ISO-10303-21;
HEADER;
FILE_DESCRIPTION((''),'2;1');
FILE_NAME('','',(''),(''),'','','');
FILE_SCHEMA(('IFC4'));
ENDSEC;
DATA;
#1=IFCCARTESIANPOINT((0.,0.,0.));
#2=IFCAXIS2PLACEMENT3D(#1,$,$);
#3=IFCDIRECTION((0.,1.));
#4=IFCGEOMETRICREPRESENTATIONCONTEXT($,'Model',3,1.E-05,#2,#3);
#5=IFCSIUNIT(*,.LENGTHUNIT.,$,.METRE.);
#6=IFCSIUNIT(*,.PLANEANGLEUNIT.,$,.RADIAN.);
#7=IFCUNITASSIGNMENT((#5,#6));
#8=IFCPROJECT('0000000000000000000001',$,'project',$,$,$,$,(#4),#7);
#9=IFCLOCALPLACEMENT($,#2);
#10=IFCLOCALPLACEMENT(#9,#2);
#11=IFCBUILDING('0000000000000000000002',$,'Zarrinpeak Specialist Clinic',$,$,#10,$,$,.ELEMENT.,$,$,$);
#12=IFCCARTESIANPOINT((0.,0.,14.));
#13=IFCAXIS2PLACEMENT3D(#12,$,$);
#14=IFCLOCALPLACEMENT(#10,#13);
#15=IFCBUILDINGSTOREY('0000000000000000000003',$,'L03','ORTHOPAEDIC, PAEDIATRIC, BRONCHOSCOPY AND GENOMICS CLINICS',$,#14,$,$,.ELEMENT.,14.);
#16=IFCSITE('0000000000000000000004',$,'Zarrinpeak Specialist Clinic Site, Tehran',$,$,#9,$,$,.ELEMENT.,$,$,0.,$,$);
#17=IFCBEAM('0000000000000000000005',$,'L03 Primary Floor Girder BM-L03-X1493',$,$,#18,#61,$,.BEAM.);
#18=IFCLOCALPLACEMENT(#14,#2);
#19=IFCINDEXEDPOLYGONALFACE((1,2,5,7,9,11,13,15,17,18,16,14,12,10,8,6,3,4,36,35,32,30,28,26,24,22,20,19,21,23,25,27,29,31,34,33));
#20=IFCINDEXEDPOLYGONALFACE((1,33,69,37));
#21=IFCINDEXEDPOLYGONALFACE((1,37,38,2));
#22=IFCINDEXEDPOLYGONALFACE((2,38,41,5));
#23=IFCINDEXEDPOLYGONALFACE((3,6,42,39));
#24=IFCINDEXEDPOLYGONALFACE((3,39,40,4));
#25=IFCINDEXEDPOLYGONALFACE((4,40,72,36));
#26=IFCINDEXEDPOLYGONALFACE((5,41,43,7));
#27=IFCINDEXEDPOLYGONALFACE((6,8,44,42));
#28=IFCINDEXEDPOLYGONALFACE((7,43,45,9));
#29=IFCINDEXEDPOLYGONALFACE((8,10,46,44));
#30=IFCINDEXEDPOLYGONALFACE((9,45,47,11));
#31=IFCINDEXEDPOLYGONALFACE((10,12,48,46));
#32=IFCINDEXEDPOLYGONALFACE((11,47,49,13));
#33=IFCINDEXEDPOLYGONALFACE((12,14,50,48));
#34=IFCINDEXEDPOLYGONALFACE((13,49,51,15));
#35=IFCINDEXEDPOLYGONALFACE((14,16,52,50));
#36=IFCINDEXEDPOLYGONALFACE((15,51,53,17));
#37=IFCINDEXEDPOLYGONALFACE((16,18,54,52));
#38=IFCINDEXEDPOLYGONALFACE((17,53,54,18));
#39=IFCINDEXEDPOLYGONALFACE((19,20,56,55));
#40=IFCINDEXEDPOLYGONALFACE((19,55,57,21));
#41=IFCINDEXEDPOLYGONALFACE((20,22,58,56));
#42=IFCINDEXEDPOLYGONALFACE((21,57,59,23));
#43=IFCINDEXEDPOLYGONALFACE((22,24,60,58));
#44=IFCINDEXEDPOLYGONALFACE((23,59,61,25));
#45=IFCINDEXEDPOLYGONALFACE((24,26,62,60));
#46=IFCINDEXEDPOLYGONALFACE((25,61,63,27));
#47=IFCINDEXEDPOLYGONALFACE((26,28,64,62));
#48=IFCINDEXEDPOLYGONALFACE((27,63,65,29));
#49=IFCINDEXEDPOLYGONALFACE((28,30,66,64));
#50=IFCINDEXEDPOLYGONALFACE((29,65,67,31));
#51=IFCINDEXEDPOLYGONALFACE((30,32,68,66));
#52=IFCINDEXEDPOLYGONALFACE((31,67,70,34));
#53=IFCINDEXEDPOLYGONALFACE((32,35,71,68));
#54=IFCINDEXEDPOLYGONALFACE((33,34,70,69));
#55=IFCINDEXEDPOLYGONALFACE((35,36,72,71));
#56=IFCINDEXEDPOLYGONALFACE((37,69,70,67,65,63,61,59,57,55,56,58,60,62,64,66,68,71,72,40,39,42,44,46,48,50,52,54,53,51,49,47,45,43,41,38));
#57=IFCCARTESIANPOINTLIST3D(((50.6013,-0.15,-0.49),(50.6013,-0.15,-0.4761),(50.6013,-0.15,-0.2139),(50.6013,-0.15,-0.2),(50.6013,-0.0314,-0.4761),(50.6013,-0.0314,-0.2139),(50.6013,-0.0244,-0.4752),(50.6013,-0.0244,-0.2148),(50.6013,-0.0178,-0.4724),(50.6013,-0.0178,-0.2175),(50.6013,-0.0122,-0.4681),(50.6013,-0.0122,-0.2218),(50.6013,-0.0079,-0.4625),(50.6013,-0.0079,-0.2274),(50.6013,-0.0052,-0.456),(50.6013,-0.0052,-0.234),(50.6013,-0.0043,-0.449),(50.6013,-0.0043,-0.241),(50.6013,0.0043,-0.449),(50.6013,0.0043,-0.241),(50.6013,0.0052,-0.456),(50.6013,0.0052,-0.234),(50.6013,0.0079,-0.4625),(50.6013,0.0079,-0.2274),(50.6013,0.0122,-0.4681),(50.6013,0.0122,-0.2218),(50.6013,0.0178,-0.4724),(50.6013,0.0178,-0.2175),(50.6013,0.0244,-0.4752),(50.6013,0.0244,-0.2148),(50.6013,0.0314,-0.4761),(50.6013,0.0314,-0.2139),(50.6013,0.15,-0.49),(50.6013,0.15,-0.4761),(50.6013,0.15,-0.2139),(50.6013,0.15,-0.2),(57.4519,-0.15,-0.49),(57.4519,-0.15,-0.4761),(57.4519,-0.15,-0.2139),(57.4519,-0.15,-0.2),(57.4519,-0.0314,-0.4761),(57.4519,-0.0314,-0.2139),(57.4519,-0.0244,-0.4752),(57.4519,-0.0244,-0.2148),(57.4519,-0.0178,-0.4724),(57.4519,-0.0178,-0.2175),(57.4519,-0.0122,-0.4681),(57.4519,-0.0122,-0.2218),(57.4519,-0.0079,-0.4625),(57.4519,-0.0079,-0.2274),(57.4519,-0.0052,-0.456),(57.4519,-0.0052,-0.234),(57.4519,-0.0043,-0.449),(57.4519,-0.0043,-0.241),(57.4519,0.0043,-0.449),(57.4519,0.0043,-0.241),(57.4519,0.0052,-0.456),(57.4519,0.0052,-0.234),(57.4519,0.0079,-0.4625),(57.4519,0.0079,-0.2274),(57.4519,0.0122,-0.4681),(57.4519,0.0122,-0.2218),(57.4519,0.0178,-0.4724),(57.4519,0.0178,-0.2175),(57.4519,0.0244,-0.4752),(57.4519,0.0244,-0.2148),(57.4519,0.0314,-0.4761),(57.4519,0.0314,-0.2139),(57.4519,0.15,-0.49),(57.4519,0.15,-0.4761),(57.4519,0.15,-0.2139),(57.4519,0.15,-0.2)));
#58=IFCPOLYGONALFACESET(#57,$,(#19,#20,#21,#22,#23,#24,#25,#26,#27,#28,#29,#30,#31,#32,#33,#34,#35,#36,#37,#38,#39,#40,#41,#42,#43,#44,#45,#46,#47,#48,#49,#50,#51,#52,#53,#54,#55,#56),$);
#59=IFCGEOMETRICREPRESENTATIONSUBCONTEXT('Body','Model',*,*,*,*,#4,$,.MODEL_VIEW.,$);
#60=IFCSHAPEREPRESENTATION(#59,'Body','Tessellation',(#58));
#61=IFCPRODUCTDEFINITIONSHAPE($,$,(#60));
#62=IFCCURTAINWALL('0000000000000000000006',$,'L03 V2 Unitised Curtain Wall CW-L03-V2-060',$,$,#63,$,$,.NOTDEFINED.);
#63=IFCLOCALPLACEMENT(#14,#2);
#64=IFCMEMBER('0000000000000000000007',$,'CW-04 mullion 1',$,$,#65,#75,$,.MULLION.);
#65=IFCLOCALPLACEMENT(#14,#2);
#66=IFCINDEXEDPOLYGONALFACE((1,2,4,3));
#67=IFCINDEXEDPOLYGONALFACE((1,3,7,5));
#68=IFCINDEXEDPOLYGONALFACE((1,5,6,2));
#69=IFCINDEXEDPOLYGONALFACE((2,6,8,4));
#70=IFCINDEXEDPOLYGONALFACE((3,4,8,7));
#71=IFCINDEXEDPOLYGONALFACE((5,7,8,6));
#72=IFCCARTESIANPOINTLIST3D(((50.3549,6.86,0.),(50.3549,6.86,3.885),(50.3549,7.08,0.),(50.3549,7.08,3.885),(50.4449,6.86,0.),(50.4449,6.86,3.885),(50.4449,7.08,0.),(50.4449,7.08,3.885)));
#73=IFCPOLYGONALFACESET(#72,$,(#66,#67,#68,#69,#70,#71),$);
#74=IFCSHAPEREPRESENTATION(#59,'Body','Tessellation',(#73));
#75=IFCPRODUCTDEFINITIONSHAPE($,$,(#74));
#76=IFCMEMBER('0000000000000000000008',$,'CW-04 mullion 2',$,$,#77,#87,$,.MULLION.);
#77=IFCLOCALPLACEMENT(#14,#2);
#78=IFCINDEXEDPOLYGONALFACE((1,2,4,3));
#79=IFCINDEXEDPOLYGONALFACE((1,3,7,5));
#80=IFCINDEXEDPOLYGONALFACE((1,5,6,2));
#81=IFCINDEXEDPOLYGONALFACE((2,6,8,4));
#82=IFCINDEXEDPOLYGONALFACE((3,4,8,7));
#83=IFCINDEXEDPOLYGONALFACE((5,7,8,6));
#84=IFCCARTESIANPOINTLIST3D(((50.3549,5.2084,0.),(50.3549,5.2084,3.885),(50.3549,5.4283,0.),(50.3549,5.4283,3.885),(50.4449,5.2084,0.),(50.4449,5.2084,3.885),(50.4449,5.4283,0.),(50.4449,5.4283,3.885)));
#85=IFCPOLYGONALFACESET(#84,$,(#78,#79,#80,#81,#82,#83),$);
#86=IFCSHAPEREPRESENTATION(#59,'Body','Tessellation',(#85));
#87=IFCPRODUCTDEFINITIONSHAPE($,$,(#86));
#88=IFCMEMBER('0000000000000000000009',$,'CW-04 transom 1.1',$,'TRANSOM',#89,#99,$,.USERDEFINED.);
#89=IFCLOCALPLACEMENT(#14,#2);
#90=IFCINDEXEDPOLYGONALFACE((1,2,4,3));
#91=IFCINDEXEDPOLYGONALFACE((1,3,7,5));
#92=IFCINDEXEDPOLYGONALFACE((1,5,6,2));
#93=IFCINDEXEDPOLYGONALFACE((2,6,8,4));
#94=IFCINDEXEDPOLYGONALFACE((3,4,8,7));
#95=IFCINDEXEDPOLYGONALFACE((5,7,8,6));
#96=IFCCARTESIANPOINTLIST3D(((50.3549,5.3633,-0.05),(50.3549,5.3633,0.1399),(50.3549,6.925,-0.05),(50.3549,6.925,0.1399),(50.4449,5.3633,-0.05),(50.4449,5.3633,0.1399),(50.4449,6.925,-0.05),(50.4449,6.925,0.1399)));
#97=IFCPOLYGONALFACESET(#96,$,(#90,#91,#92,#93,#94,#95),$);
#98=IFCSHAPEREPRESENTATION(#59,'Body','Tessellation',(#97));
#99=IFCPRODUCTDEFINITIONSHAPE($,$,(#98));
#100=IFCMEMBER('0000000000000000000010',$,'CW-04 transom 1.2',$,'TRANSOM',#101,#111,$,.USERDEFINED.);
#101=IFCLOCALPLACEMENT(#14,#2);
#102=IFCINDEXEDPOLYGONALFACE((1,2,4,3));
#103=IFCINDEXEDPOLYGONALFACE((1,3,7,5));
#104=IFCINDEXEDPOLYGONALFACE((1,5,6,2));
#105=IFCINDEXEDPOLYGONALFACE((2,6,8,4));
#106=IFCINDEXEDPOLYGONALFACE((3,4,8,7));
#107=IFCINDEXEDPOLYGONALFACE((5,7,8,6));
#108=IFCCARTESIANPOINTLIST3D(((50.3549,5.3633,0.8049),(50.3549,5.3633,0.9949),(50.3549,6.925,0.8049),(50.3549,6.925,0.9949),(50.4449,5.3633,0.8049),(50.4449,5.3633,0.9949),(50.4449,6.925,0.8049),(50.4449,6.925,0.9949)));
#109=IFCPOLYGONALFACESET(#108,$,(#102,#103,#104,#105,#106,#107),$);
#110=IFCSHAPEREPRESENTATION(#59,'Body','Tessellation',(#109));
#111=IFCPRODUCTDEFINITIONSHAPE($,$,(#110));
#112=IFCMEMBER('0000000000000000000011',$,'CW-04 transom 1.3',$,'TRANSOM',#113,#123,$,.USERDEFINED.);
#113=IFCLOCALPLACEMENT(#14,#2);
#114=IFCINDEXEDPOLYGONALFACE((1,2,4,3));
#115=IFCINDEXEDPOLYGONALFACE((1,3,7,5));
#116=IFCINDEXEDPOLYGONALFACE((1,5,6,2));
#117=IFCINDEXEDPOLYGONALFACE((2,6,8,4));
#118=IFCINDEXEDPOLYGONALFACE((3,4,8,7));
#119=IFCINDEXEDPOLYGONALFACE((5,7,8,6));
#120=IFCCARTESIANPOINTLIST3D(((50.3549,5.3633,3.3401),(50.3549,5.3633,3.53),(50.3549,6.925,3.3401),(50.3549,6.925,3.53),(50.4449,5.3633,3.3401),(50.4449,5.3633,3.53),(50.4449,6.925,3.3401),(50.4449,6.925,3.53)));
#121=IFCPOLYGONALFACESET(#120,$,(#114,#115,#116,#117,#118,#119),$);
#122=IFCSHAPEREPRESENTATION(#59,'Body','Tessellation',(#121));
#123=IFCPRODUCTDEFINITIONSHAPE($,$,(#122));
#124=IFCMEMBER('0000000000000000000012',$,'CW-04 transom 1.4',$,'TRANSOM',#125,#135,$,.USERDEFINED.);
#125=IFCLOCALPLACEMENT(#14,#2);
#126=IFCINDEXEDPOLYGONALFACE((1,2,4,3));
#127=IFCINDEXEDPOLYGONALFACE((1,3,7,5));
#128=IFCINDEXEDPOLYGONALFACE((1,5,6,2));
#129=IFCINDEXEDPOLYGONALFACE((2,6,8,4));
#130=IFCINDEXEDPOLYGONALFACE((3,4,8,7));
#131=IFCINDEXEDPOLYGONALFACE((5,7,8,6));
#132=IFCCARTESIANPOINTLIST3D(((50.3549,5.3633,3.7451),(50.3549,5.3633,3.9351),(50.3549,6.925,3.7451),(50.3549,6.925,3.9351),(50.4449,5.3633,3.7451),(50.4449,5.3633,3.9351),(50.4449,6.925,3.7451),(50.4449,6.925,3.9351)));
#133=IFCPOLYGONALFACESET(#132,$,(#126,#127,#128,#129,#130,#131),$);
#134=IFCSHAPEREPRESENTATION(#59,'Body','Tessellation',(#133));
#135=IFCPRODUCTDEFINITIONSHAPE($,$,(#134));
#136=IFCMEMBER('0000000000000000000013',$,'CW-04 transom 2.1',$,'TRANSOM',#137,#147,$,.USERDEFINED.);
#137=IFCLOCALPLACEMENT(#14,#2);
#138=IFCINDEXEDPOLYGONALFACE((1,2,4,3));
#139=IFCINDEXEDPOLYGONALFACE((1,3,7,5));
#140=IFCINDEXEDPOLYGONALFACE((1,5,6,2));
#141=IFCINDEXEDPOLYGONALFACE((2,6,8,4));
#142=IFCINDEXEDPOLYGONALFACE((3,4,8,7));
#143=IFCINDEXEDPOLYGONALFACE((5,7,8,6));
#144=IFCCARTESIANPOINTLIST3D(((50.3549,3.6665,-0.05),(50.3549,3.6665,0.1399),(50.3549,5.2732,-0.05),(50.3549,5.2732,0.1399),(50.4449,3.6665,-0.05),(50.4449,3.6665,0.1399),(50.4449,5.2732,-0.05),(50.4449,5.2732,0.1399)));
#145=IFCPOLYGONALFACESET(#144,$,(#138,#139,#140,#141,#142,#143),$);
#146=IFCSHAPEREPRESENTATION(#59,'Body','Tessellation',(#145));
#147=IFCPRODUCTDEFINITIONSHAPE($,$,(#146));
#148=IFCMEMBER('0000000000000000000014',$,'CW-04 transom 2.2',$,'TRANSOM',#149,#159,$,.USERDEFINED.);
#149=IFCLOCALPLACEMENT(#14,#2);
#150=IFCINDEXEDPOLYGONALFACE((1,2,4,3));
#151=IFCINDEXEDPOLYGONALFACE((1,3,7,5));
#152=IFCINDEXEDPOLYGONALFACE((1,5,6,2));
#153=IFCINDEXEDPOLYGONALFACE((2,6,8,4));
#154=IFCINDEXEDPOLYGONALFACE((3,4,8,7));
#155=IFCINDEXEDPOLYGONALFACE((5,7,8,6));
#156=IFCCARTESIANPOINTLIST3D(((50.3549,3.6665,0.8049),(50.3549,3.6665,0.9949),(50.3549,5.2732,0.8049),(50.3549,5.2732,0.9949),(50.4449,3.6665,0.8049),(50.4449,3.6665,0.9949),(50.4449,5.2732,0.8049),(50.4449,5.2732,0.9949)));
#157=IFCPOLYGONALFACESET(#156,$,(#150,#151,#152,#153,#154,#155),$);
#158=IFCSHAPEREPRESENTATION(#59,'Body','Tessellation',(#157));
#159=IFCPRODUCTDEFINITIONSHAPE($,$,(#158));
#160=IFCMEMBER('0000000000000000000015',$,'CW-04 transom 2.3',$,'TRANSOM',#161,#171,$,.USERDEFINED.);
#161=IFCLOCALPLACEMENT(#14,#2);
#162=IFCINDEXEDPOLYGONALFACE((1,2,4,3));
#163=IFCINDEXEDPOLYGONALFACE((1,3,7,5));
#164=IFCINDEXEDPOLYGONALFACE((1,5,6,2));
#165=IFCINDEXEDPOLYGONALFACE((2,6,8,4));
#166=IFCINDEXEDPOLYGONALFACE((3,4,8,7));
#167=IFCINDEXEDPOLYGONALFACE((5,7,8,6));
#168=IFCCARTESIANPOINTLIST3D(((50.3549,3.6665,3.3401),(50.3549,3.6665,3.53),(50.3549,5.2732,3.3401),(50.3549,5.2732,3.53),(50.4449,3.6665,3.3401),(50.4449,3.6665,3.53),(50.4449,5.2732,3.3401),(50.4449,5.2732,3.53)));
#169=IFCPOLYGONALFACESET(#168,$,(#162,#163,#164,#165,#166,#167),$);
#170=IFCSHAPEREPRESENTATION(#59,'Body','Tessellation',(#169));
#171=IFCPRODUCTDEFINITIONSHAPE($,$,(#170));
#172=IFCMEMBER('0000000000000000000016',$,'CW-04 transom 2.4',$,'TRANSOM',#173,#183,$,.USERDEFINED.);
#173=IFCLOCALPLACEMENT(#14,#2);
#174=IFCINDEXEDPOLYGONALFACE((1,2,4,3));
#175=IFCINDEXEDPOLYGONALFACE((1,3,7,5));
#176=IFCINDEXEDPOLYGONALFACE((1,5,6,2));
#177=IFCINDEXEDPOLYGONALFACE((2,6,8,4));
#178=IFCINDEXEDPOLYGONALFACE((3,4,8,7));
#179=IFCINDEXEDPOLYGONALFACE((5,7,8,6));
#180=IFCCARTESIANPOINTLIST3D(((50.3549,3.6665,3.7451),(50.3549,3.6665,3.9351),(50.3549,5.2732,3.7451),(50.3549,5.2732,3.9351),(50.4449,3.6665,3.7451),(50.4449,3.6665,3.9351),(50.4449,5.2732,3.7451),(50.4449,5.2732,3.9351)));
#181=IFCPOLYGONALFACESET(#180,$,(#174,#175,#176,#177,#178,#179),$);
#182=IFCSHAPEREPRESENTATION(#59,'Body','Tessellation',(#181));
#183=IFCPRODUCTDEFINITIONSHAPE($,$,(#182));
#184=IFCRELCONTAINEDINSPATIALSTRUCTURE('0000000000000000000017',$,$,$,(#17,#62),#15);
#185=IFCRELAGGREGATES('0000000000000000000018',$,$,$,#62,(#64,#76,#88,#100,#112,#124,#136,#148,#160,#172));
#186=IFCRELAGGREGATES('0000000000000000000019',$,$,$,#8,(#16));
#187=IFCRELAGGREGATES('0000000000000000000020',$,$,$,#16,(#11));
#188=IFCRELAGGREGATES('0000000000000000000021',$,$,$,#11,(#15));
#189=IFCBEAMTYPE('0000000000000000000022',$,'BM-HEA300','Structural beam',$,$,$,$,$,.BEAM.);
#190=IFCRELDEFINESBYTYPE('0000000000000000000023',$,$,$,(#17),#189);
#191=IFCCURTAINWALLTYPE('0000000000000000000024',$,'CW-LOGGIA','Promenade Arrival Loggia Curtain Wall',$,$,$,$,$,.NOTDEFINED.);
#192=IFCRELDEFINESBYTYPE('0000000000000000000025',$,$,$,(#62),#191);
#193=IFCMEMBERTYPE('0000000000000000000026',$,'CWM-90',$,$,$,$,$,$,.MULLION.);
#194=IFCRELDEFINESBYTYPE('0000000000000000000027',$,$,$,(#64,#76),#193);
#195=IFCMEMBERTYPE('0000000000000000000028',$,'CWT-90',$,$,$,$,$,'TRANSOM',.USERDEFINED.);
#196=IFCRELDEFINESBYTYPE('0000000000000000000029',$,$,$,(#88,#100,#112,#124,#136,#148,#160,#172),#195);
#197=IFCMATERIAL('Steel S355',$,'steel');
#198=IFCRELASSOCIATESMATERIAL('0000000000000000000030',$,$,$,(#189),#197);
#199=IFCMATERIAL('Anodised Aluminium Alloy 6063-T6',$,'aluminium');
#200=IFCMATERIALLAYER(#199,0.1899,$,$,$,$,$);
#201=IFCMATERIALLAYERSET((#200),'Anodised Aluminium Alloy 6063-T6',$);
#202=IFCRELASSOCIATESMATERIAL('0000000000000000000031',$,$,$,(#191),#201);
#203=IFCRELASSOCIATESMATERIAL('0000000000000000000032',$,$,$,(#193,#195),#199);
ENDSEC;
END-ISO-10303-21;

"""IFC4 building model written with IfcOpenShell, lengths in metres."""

from ifc_helpers import new_model, si_unit, direction, frame, origin, origin_2d, place, context, subcontext, project, spatial, rectangle, i_section, extrude, material, layer, layer_set, material_profile, profile_set, type_object, element, aggregate, save


model = new_model("IFC4")

# Units and contexts
model_context = context("Model", 3, precision=1e-05, world=origin(), true_north=direction((0.0, 1.0)))
body_context = subcontext(model_context, "Body", "Model", "MODEL_VIEW")
ifc_project = project(units=[si_unit("LENGTHUNIT", "METRE"), si_unit("PLANEANGLEUNIT", "RADIAN")], contexts=[model_context])

# Site, building, storey
site_placement = place(None, origin())
site = spatial("IfcSite", under=ifc_project, at=site_placement, Name="Zarrinpeak Specialist Clinic Site, Tehran", CompositionType="ELEMENT", RefElevation=0.0)
building_placement = place(site_placement, origin())
building = spatial("IfcBuilding", under=site, at=building_placement, Name="Zarrinpeak Specialist Clinic", CompositionType="ELEMENT")
storey_placement = place(building_placement, frame((0.0, 0.0, 14.0)))
storey = spatial("IfcBuildingStorey", under=building, at=storey_placement, Name="L03", Description="ORTHOPAEDIC, PAEDIATRIC, BRONCHOSCOPY AND GENOMICS CLINICS", CompositionType="ELEMENT", Elevation=14.0)

# Beam
ifc_material_1 = material(Name="Steel S355", Category="steel")
ifc_material_profile_1 = material_profile(ifc_material_1, i_section(OverallWidth=0.3, OverallDepth=0.29, WebThickness=0.0085, FlangeThickness=0.0139, FilletRadius=0.0271, at=origin_2d()), Name="HEA 300")
ifc_profile_set_1 = profile_set([ifc_material_profile_1], Name="Steel S355")
beam_type = type_object("IfcBeamType", Name="BM-HEA300", Description="Structural beam", PredefinedType="BEAM", material=ifc_profile_set_1)
beam_placement = place(storey_placement, frame((50.6013, 0.0, -0.345), z_axis=(1.0, 0.0, 0.0), x_axis=(0.0, 1.0, 0.0)))
element("IfcBeam", 1, at=beam_placement, inside=storey, type_object=beam_type, Name="L03 Primary Floor Girder BM-L03-X1493", PredefinedType="BEAM", context=body_context, shape_type="SweptSolid", body=[
    extrude(i_section(OverallWidth=0.3, OverallDepth=0.29, WebThickness=0.0085, FlangeThickness=0.0139, FilletRadius=0.0271, at=origin_2d()), origin(), (0.0, 0.0, 1.0), 6.8506),
])

# Curtain wall, members
ifc_material_2 = material(Name="Anodised Aluminium Alloy 6063-T6", Category="aluminium")
ifc_layer_1 = layer(ifc_material_2, 0.1899)
ifc_layer_set_1 = layer_set([ifc_layer_1], Name="Anodised Aluminium Alloy 6063-T6")
curtain_wall_type = type_object("IfcCurtainWallType", Name="CW-LOGGIA", Description="Promenade Arrival Loggia Curtain Wall", PredefinedType="NOTDEFINED", material=ifc_layer_set_1)
curtain_wall_placement = place(storey_placement, origin())
curtain_wall = element("IfcCurtainWall", 2, at=curtain_wall_placement, inside=storey, type_object=curtain_wall_type, Name="L03 V2 Unitised Curtain Wall CW-L03-V2-060", PredefinedType="NOTDEFINED")
ifc_material_profile_2 = material_profile(ifc_material_2, rectangle(XDim=0.0901, YDim=0.22, at=origin_2d()), Name="ALU 90x220")
ifc_profile_set_2 = profile_set([ifc_material_profile_2], Name="Anodised Aluminium Alloy 6063-T6")
member_type_1 = type_object("IfcMemberType", Name="CWM-90", PredefinedType="MULLION", material=ifc_profile_set_2)
member_1_placement = place(storey_placement, frame((50.3999, 6.97, 0.0), z_axis=(0.0, 0.0, 1.0), x_axis=(1.0, 0.0, 0.0)))
member_1 = element("IfcMember", 3, at=member_1_placement, type_object=member_type_1, Name="CW-04 mullion 1", PredefinedType="MULLION", context=body_context, shape_type="SweptSolid", body=[
    extrude(rectangle(XDim=0.0901, YDim=0.22, at=origin_2d()), origin(), (0.0, 0.0, 1.0), 3.885),
])
member_2_placement = place(storey_placement, frame((50.3999, 5.3184, 0.0), z_axis=(0.0, 0.0, 1.0), x_axis=(1.0, 0.0, 0.0)))
member_2 = element("IfcMember", 4, at=member_2_placement, type_object=member_type_1, Name="CW-04 mullion 2", PredefinedType="MULLION", context=body_context, shape_type="SweptSolid", body=[
    extrude(rectangle(XDim=0.0901, YDim=0.22, at=origin_2d()), origin(), (0.0, 0.0, 1.0), 3.885),
])
ifc_material_profile_3 = material_profile(ifc_material_2, rectangle(XDim=0.0901, YDim=0.1899, at=origin_2d()), Name="ALU 90x190")
ifc_profile_set_3 = profile_set([ifc_material_profile_3], Name="Anodised Aluminium Alloy 6063-T6")
member_type_2 = type_object("IfcMemberType", Name="CWT-90", ElementType="TRANSOM", PredefinedType="USERDEFINED", material=ifc_profile_set_3)
member_3_placement = place(storey_placement, frame((50.3999, 6.925, 0.0449), z_axis=(0.0, -1.0, 0.0), x_axis=(1.0, 0.0, 0.0)))
member_3 = element("IfcMember", 5, at=member_3_placement, type_object=member_type_2, Name="CW-04 transom 1.1", ObjectType="TRANSOM", PredefinedType="USERDEFINED", context=body_context, shape_type="SweptSolid", body=[
    extrude(rectangle(XDim=0.0901, YDim=0.1899, at=origin_2d()), origin(), (0.0, 0.0, 1.0), 1.5618),
])
member_4_placement = place(storey_placement, frame((50.3999, 6.925, 0.8999), z_axis=(0.0, -1.0, 0.0), x_axis=(1.0, 0.0, 0.0)))
member_4 = element("IfcMember", 6, at=member_4_placement, type_object=member_type_2, Name="CW-04 transom 1.2", ObjectType="TRANSOM", PredefinedType="USERDEFINED", context=body_context, shape_type="SweptSolid", body=[
    extrude(rectangle(XDim=0.0901, YDim=0.1899, at=origin_2d()), origin(), (0.0, 0.0, 1.0), 1.5618),
])
member_5_placement = place(storey_placement, frame((50.3999, 6.925, 3.4351), z_axis=(0.0, -1.0, 0.0), x_axis=(1.0, 0.0, 0.0)))
member_5 = element("IfcMember", 7, at=member_5_placement, type_object=member_type_2, Name="CW-04 transom 1.3", ObjectType="TRANSOM", PredefinedType="USERDEFINED", context=body_context, shape_type="SweptSolid", body=[
    extrude(rectangle(XDim=0.0901, YDim=0.1899, at=origin_2d()), origin(), (0.0, 0.0, 1.0), 1.5618),
])
member_6_placement = place(storey_placement, frame((50.3999, 6.925, 3.8401), z_axis=(0.0, -1.0, 0.0), x_axis=(1.0, 0.0, 0.0)))
member_6 = element("IfcMember", 8, at=member_6_placement, type_object=member_type_2, Name="CW-04 transom 1.4", ObjectType="TRANSOM", PredefinedType="USERDEFINED", context=body_context, shape_type="SweptSolid", body=[
    extrude(rectangle(XDim=0.0901, YDim=0.1899, at=origin_2d()), origin(), (0.0, 0.0, 1.0), 1.5618),
])
member_7_placement = place(storey_placement, frame((50.3999, 5.2732, 0.0449), z_axis=(0.0, -1.0, 0.0), x_axis=(1.0, 0.0, 0.0)))
member_7 = element("IfcMember", 9, at=member_7_placement, type_object=member_type_2, Name="CW-04 transom 2.1", ObjectType="TRANSOM", PredefinedType="USERDEFINED", context=body_context, shape_type="SweptSolid", body=[
    extrude(rectangle(XDim=0.0901, YDim=0.1899, at=origin_2d()), origin(), (0.0, 0.0, 1.0), 1.6067),
])
member_8_placement = place(storey_placement, frame((50.3999, 5.2732, 0.8999), z_axis=(0.0, -1.0, 0.0), x_axis=(1.0, 0.0, 0.0)))
member_8 = element("IfcMember", 10, at=member_8_placement, type_object=member_type_2, Name="CW-04 transom 2.2", ObjectType="TRANSOM", PredefinedType="USERDEFINED", context=body_context, shape_type="SweptSolid", body=[
    extrude(rectangle(XDim=0.0901, YDim=0.1899, at=origin_2d()), origin(), (0.0, 0.0, 1.0), 1.6067),
])
member_9_placement = place(storey_placement, frame((50.3999, 5.2732, 3.4351), z_axis=(0.0, -1.0, 0.0), x_axis=(1.0, 0.0, 0.0)))
member_9 = element("IfcMember", 11, at=member_9_placement, type_object=member_type_2, Name="CW-04 transom 2.3", ObjectType="TRANSOM", PredefinedType="USERDEFINED", context=body_context, shape_type="SweptSolid", body=[
    extrude(rectangle(XDim=0.0901, YDim=0.1899, at=origin_2d()), origin(), (0.0, 0.0, 1.0), 1.6067),
])
member_10_placement = place(storey_placement, frame((50.3999, 5.2732, 3.8401), z_axis=(0.0, -1.0, 0.0), x_axis=(1.0, 0.0, 0.0)))
member_10 = element("IfcMember", 12, at=member_10_placement, type_object=member_type_2, Name="CW-04 transom 2.4", ObjectType="TRANSOM", PredefinedType="USERDEFINED", context=body_context, shape_type="SweptSolid", body=[
    extrude(rectangle(XDim=0.0901, YDim=0.1899, at=origin_2d()), origin(), (0.0, 0.0, 1.0), 1.6067),
])
aggregate(curtain_wall, [member_1, member_2, member_3, member_4, member_5, member_6, member_7, member_8, member_9, member_10])

save(model, "model.ifc")
